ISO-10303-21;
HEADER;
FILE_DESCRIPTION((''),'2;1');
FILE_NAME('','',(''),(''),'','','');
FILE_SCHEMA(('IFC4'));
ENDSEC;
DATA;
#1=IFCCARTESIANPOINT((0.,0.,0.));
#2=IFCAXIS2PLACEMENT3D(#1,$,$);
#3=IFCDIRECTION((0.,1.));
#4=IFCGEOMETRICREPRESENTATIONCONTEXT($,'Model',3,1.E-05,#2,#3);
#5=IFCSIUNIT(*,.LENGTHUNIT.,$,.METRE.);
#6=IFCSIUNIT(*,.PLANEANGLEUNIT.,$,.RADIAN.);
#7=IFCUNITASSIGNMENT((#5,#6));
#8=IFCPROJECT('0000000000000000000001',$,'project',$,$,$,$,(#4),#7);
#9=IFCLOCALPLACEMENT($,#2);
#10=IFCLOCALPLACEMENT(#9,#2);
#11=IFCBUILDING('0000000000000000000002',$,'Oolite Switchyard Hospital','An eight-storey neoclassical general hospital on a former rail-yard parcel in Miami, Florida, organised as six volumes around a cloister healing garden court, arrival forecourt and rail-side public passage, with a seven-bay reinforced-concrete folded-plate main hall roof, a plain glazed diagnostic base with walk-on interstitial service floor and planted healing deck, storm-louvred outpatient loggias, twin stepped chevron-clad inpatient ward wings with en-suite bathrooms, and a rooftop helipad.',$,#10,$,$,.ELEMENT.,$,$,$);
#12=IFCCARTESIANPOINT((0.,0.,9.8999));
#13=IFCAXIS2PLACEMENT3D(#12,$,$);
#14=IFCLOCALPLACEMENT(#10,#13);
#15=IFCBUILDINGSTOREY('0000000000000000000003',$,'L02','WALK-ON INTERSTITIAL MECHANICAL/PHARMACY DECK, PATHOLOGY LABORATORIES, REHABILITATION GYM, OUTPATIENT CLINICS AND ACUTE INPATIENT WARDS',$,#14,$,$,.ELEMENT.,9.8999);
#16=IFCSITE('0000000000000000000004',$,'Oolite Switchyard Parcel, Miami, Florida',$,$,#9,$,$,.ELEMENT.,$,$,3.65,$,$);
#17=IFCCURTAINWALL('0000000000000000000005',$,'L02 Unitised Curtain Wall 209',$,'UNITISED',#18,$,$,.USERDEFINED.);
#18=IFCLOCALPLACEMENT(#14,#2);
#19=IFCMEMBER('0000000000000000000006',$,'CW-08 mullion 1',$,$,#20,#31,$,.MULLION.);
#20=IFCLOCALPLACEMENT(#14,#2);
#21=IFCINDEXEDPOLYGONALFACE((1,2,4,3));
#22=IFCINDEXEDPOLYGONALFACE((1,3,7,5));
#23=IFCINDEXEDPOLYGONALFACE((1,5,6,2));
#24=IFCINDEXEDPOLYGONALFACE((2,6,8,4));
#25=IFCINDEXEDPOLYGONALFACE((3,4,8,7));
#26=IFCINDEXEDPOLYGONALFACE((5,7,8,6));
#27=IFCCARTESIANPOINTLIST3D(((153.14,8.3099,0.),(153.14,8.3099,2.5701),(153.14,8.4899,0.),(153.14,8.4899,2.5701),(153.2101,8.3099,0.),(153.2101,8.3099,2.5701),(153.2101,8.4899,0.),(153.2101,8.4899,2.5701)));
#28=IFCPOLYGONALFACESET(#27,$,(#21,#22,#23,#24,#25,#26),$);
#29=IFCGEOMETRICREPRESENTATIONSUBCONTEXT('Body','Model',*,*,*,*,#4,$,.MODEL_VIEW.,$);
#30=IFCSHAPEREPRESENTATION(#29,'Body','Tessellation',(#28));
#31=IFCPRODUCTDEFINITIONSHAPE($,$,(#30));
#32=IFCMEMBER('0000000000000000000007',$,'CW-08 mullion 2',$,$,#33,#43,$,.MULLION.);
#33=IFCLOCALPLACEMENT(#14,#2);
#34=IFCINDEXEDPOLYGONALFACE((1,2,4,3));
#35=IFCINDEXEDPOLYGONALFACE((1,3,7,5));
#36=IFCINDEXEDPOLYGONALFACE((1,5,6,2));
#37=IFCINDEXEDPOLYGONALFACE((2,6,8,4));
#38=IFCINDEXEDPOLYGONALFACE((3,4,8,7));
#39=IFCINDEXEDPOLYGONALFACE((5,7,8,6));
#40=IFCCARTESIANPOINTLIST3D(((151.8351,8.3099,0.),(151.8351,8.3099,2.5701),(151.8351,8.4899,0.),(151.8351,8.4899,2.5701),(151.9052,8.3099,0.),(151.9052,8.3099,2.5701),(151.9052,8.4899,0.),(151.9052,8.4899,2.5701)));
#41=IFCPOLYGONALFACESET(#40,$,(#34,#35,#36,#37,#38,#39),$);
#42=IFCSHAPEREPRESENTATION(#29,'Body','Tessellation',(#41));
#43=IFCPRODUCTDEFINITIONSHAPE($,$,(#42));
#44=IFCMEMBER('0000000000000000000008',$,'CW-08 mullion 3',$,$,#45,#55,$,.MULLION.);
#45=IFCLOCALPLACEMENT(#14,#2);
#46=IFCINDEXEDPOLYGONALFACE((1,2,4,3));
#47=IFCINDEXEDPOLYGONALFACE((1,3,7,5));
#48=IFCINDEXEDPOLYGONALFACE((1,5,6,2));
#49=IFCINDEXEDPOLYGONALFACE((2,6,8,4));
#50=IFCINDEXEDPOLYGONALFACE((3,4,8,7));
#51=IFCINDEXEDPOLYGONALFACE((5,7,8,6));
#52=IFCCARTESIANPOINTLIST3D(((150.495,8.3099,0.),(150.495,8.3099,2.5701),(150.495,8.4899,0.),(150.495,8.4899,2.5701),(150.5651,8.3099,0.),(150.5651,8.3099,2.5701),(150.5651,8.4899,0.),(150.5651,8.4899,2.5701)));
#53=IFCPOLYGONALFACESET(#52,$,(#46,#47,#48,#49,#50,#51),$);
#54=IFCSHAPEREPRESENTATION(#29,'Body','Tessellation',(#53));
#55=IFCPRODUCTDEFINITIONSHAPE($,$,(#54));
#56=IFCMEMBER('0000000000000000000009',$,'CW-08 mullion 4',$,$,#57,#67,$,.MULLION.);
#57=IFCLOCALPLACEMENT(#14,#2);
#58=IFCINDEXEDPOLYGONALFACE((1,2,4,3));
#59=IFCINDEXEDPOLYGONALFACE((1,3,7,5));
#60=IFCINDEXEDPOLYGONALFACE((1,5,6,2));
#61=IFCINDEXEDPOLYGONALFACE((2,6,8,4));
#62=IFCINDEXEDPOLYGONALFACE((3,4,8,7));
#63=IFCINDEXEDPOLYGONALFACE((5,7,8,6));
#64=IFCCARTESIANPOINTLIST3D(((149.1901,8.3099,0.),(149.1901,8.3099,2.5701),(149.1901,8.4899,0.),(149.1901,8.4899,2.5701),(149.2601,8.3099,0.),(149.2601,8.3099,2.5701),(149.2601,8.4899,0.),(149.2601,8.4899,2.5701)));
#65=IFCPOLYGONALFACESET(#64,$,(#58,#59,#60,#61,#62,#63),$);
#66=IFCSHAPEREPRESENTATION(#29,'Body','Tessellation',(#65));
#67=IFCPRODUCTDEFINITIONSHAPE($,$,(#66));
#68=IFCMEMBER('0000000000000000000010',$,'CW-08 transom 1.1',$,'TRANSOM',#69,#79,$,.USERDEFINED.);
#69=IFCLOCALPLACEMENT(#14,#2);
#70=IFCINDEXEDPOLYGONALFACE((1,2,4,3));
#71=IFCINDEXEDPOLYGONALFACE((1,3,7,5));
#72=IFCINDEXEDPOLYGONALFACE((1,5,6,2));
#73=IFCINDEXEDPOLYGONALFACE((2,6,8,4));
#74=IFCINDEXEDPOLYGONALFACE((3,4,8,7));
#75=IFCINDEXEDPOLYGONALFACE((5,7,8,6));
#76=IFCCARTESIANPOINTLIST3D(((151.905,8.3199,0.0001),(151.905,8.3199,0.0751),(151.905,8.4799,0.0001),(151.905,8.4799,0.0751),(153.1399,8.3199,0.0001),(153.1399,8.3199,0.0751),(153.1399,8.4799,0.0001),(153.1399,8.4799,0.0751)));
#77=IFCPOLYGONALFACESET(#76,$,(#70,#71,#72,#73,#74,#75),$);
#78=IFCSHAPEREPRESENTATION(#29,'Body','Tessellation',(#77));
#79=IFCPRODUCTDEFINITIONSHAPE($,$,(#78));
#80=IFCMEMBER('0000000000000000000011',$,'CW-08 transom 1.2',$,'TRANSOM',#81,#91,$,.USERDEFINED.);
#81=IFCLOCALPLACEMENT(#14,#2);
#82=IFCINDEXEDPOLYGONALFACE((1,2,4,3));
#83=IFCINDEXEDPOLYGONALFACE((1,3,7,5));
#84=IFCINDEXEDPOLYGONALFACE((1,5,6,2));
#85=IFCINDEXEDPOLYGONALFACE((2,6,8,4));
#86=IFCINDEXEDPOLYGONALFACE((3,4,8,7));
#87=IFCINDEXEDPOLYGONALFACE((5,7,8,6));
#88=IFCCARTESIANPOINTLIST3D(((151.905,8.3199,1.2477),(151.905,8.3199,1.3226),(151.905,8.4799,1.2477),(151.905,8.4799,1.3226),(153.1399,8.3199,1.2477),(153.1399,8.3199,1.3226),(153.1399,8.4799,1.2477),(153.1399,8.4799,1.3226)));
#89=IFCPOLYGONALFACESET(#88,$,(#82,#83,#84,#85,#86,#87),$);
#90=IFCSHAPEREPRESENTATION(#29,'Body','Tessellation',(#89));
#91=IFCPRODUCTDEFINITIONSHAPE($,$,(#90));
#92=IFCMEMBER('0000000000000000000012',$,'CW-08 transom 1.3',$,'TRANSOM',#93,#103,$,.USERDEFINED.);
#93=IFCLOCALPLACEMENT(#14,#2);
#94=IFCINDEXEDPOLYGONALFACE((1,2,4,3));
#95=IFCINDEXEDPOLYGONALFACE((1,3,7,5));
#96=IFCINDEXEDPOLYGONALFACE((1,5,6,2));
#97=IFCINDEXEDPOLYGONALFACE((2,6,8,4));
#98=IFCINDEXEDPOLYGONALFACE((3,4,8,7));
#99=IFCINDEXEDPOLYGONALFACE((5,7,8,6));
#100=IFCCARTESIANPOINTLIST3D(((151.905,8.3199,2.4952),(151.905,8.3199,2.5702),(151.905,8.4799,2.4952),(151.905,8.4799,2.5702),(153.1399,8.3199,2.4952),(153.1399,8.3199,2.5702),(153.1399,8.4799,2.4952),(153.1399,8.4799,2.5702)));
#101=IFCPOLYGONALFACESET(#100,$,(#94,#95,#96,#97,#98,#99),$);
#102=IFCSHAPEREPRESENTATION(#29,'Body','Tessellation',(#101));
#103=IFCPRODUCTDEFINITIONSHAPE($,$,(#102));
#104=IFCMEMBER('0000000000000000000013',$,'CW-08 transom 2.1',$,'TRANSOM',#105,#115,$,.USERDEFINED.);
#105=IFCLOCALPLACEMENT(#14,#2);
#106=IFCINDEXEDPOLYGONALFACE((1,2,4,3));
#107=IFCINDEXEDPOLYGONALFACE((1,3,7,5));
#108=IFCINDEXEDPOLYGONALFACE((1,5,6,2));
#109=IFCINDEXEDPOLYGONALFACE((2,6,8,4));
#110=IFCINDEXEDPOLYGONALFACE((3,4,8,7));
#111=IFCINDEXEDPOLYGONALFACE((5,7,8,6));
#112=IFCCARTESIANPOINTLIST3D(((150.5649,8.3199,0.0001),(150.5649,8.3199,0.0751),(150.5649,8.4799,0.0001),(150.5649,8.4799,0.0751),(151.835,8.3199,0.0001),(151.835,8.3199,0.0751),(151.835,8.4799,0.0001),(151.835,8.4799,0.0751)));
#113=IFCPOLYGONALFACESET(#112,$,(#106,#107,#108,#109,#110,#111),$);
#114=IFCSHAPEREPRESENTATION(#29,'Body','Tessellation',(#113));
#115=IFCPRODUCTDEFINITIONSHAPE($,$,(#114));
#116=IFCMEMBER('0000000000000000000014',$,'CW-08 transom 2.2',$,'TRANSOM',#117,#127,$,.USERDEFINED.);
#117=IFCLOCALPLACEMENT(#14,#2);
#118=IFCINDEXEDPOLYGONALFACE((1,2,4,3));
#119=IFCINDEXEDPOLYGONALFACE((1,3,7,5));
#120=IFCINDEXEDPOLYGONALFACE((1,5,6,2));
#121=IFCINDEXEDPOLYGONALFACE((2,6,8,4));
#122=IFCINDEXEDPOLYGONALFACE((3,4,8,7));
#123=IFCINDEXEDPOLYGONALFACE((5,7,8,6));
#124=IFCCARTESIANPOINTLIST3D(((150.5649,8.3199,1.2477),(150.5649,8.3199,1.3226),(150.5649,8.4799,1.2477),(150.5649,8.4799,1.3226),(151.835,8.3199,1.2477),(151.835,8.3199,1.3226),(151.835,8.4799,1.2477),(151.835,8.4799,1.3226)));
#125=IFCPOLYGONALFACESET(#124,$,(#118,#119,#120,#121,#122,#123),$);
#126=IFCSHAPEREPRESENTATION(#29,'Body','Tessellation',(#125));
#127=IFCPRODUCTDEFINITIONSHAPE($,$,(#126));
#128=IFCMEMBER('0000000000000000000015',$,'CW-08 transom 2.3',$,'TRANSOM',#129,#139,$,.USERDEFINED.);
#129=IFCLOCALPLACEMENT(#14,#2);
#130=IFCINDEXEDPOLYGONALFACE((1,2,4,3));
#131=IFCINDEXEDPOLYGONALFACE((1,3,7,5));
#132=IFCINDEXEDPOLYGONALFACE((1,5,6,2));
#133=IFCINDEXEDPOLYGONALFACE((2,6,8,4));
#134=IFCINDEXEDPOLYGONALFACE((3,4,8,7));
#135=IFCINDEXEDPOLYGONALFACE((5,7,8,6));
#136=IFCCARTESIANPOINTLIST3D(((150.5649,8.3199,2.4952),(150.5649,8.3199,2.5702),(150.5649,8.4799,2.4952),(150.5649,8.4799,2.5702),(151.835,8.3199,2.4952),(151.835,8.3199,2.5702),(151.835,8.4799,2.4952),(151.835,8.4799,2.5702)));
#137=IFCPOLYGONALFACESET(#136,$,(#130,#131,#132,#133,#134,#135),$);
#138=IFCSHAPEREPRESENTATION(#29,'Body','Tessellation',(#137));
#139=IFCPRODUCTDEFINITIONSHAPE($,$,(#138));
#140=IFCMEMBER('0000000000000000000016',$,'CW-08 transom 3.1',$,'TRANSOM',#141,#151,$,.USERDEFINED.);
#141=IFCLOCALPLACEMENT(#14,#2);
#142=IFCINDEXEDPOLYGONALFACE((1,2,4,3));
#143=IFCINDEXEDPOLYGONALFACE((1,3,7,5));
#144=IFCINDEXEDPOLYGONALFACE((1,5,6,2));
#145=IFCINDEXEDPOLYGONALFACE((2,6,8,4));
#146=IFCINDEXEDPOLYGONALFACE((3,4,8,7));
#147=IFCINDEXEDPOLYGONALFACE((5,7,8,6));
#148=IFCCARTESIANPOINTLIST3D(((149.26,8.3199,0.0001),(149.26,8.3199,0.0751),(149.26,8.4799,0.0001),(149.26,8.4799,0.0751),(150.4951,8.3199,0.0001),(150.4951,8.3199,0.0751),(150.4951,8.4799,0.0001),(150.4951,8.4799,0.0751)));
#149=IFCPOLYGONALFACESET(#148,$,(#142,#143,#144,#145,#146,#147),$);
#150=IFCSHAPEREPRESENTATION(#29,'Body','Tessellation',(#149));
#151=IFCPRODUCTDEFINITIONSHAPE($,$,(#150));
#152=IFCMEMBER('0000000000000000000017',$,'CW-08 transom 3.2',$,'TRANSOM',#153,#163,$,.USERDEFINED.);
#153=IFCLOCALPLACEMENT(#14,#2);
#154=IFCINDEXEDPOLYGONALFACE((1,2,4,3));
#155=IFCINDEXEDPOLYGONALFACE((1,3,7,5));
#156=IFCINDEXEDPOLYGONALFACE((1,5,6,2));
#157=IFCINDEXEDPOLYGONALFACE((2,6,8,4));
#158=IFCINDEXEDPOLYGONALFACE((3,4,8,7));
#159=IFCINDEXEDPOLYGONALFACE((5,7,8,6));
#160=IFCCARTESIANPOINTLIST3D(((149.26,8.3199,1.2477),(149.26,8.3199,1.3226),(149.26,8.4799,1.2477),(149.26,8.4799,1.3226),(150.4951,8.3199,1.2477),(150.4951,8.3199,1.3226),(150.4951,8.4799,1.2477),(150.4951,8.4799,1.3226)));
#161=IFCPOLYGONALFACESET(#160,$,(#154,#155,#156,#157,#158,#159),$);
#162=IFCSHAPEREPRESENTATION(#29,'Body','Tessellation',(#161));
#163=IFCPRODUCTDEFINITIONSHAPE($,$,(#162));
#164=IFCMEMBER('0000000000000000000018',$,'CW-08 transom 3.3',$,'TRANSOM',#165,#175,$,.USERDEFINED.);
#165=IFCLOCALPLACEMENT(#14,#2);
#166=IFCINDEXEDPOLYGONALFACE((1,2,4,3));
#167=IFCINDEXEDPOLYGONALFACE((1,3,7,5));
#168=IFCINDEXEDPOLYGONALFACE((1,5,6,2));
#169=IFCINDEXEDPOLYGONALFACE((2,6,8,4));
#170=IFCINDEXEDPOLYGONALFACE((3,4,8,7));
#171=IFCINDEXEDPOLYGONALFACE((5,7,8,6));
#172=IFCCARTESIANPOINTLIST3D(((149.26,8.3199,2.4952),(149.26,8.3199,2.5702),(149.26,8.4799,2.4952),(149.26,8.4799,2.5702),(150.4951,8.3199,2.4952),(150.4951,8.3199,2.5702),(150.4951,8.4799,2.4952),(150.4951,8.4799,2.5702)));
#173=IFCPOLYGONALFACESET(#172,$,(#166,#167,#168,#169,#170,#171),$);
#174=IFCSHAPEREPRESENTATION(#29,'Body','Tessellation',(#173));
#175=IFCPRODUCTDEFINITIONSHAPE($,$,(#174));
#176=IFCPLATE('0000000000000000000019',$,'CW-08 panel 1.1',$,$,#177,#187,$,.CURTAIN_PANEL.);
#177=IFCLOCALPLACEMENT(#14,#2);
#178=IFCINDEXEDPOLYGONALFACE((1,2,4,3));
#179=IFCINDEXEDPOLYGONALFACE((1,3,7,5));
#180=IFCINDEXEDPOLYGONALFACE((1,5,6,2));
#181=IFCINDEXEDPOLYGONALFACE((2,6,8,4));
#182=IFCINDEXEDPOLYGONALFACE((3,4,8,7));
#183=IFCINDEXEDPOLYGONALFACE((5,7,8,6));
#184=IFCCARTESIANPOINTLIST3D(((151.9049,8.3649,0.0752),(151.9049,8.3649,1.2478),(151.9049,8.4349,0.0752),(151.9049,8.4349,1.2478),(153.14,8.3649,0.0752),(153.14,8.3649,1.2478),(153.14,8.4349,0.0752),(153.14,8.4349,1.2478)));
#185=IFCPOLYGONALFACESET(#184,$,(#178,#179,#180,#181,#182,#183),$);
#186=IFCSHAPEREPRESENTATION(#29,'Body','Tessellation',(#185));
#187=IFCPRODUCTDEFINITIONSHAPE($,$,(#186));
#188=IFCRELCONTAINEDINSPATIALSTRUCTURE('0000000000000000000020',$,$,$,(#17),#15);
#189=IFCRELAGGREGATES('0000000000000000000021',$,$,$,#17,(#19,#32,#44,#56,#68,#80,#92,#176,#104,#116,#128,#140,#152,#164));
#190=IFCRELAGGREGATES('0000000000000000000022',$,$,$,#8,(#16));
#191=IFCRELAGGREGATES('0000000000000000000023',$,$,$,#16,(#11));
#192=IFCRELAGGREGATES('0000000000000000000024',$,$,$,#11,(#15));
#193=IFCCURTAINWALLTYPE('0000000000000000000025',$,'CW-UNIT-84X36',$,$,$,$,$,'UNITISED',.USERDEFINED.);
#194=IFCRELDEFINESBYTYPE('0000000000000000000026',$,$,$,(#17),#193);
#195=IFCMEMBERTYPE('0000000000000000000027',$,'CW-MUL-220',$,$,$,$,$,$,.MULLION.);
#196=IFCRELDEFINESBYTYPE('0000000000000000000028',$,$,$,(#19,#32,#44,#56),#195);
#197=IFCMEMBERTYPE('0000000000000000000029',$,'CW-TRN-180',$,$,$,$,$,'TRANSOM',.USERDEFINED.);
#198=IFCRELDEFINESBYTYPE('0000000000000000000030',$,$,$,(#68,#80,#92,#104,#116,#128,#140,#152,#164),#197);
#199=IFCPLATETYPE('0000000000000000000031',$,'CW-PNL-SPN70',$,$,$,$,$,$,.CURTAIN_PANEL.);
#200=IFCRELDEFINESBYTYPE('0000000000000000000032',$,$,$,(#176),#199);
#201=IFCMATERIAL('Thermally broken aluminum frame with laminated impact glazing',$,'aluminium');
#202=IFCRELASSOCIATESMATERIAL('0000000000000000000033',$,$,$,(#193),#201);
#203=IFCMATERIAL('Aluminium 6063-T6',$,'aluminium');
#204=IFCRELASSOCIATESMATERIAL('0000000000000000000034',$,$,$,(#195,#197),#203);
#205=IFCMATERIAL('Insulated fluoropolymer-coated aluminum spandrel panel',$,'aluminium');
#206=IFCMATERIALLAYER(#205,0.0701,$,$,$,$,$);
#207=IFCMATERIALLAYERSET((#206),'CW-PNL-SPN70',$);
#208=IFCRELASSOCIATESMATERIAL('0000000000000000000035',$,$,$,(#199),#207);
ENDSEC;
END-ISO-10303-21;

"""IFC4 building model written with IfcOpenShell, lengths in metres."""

from ifc_helpers import new_model, si_unit, direction, frame, origin, origin_2d, place, context, subcontext, project, spatial, rectangle, extrude, material, layer, layer_set, material_profile, profile_set, type_object, element, aggregate, save


model = new_model("IFC4")

# Units and contexts
model_context = context("Model", 3, precision=1e-05, world=origin(), true_north=direction((0.0, 1.0)))
body_context = subcontext(model_context, "Body", "Model", "MODEL_VIEW")
ifc_project = project(units=[si_unit("LENGTHUNIT", "METRE"), si_unit("PLANEANGLEUNIT", "RADIAN")], contexts=[model_context])

# Site, building, storey
site_placement = place(None, origin())
site = spatial("IfcSite", under=ifc_project, at=site_placement, Name="Oolite Switchyard Parcel, Miami, Florida", CompositionType="ELEMENT", RefElevation=3.65)
building_placement = place(site_placement, origin())
building = spatial("IfcBuilding", under=site, at=building_placement, Name="Oolite Switchyard Hospital", Description="An eight-storey neoclassical general hospital on a former rail-yard parcel in Miami, Florida, organised as six volumes around a cloister healing garden court, arrival forecourt and rail-side public passage, with a seven-bay reinforced-concrete folded-plate main hall roof, a plain glazed diagnostic base with walk-on interstitial service floor and planted healing deck, storm-louvred outpatient loggias, twin stepped chevron-clad inpatient ward wings with en-suite bathrooms, and a rooftop helipad.", CompositionType="ELEMENT")
storey_placement = place(building_placement, frame((0.0, 0.0, 9.8999)))
storey = spatial("IfcBuildingStorey", under=building, at=storey_placement, Name="L02", Description="WALK-ON INTERSTITIAL MECHANICAL/PHARMACY DECK, PATHOLOGY LABORATORIES, REHABILITATION GYM, OUTPATIENT CLINICS AND ACUTE INPATIENT WARDS", CompositionType="ELEMENT", Elevation=9.8999)

# Curtain wall, members, plate
ifc_material_1 = material(Name="Thermally broken aluminum frame with laminated impact glazing", Category="aluminium")
curtain_wall_type = type_object("IfcCurtainWallType", Name="CW-UNIT-84X36", ElementType="UNITISED", PredefinedType="USERDEFINED", material=ifc_material_1)
curtain_wall_placement = place(storey_placement, origin())
curtain_wall = element("IfcCurtainWall", 1, at=curtain_wall_placement, inside=storey, type_object=curtain_wall_type, Name="L02 Unitised Curtain Wall 209", ObjectType="UNITISED", PredefinedType="USERDEFINED")
ifc_material_2 = material(Name="Aluminium 6063-T6", Category="aluminium")
ifc_material_profile_1 = material_profile(ifc_material_2, rectangle(XDim=0.1799, YDim=0.0701, at=origin_2d()), Name="CWM70X180")
ifc_profile_set_1 = profile_set([ifc_material_profile_1], Name="Aluminium 6063-T6")
member_type_1 = type_object("IfcMemberType", Name="CW-MUL-220", PredefinedType="MULLION", material=ifc_profile_set_1)
member_1_placement = place(storey_placement, frame((153.175, 8.3999, 0.0), z_axis=(0.0, 0.0, 1.0), x_axis=(0.0, -1.0, 0.0)))
member_1 = element("IfcMember", 2, at=member_1_placement, type_object=member_type_1, Name="CW-08 mullion 1", PredefinedType="MULLION", context=body_context, shape_type="SweptSolid", body=[
    extrude(rectangle(XDim=0.1799, YDim=0.0701, at=origin_2d()), origin(), (0.0, 0.0, 1.0), 2.5701),
])
member_2_placement = place(storey_placement, frame((151.8701, 8.3999, 0.0), z_axis=(0.0, 0.0, 1.0), x_axis=(0.0, -1.0, 0.0)))
member_2 = element("IfcMember", 3, at=member_2_placement, type_object=member_type_1, Name="CW-08 mullion 2", PredefinedType="MULLION", context=body_context, shape_type="SweptSolid", body=[
    extrude(rectangle(XDim=0.1799, YDim=0.0701, at=origin_2d()), origin(), (0.0, 0.0, 1.0), 2.5701),
])
member_3_placement = place(storey_placement, frame((150.53, 8.3999, 0.0), z_axis=(0.0, 0.0, 1.0), x_axis=(0.0, -1.0, 0.0)))
member_3 = element("IfcMember", 4, at=member_3_placement, type_object=member_type_1, Name="CW-08 mullion 3", PredefinedType="MULLION", context=body_context, shape_type="SweptSolid", body=[
    extrude(rectangle(XDim=0.1799, YDim=0.0701, at=origin_2d()), origin(), (0.0, 0.0, 1.0), 2.5701),
])
member_4_placement = place(storey_placement, frame((149.2251, 8.3999, 0.0), z_axis=(0.0, 0.0, 1.0), x_axis=(0.0, -1.0, 0.0)))
member_4 = element("IfcMember", 5, at=member_4_placement, type_object=member_type_1, Name="CW-08 mullion 4", PredefinedType="MULLION", context=body_context, shape_type="SweptSolid", body=[
    extrude(rectangle(XDim=0.1799, YDim=0.0701, at=origin_2d()), origin(), (0.0, 0.0, 1.0), 2.5701),
])
ifc_material_profile_2 = material_profile(ifc_material_2, rectangle(XDim=0.1599, YDim=0.075, at=origin_2d()), Name="CWT75X160")
ifc_profile_set_2 = profile_set([ifc_material_profile_2], Name="Aluminium 6063-T6")
member_type_2 = type_object("IfcMemberType", Name="CW-TRN-180", ElementType="TRANSOM", PredefinedType="USERDEFINED", material=ifc_profile_set_2)
member_5_placement = place(storey_placement, frame((153.1399, 8.3999, 0.0376), z_axis=(-1.0, 0.0, 0.0), x_axis=(0.0, -1.0, 0.0)))
member_5 = element("IfcMember", 6, at=member_5_placement, type_object=member_type_2, Name="CW-08 transom 1.1", ObjectType="TRANSOM", PredefinedType="USERDEFINED", context=body_context, shape_type="SweptSolid", body=[
    extrude(rectangle(XDim=0.1599, YDim=0.075, at=origin_2d()), origin(), (0.0, 0.0, 1.0), 1.2349),
])
member_6_placement = place(storey_placement, frame((153.1399, 8.3999, 1.2852), z_axis=(-1.0, 0.0, 0.0), x_axis=(0.0, -1.0, 0.0)))
member_6 = element("IfcMember", 7, at=member_6_placement, type_object=member_type_2, Name="CW-08 transom 1.2", ObjectType="TRANSOM", PredefinedType="USERDEFINED", context=body_context, shape_type="SweptSolid", body=[
    extrude(rectangle(XDim=0.1599, YDim=0.075, at=origin_2d()), origin(), (0.0, 0.0, 1.0), 1.2349),
])
member_7_placement = place(storey_placement, frame((153.1399, 8.3999, 2.5327), z_axis=(-1.0, 0.0, 0.0), x_axis=(0.0, -1.0, 0.0)))
member_7 = element("IfcMember", 8, at=member_7_placement, type_object=member_type_2, Name="CW-08 transom 1.3", ObjectType="TRANSOM", PredefinedType="USERDEFINED", context=body_context, shape_type="SweptSolid", body=[
    extrude(rectangle(XDim=0.1599, YDim=0.075, at=origin_2d()), origin(), (0.0, 0.0, 1.0), 1.2349),
])
member_8_placement = place(storey_placement, frame((151.835, 8.3999, 0.0376), z_axis=(-1.0, 0.0, 0.0), x_axis=(0.0, -1.0, 0.0)))
member_8 = element("IfcMember", 9, at=member_8_placement, type_object=member_type_2, Name="CW-08 transom 2.1", ObjectType="TRANSOM", PredefinedType="USERDEFINED", context=body_context, shape_type="SweptSolid", body=[
    extrude(rectangle(XDim=0.1599, YDim=0.075, at=origin_2d()), origin(), (0.0, 0.0, 1.0), 1.27),
])
member_9_placement = place(storey_placement, frame((151.835, 8.3999, 1.2852), z_axis=(-1.0, 0.0, 0.0), x_axis=(0.0, -1.0, 0.0)))
member_9 = element("IfcMember", 10, at=member_9_placement, type_object=member_type_2, Name="CW-08 transom 2.2", ObjectType="TRANSOM", PredefinedType="USERDEFINED", context=body_context, shape_type="SweptSolid", body=[
    extrude(rectangle(XDim=0.1599, YDim=0.075, at=origin_2d()), origin(), (0.0, 0.0, 1.0), 1.27),
])
member_10_placement = place(storey_placement, frame((151.835, 8.3999, 2.5327), z_axis=(-1.0, 0.0, 0.0), x_axis=(0.0, -1.0, 0.0)))
member_10 = element("IfcMember", 11, at=member_10_placement, type_object=member_type_2, Name="CW-08 transom 2.3", ObjectType="TRANSOM", PredefinedType="USERDEFINED", context=body_context, shape_type="SweptSolid", body=[
    extrude(rectangle(XDim=0.1599, YDim=0.075, at=origin_2d()), origin(), (0.0, 0.0, 1.0), 1.27),
])
member_11_placement = place(storey_placement, frame((150.4951, 8.3999, 0.0376), z_axis=(-1.0, 0.0, 0.0), x_axis=(0.0, -1.0, 0.0)))
member_11 = element("IfcMember", 12, at=member_11_placement, type_object=member_type_2, Name="CW-08 transom 3.1", ObjectType="TRANSOM", PredefinedType="USERDEFINED", context=body_context, shape_type="SweptSolid", body=[
    extrude(rectangle(XDim=0.1599, YDim=0.075, at=origin_2d()), origin(), (0.0, 0.0, 1.0), 1.2351),
])
member_12_placement = place(storey_placement, frame((150.4951, 8.3999, 1.2852), z_axis=(-1.0, 0.0, 0.0), x_axis=(0.0, -1.0, 0.0)))
member_12 = element("IfcMember", 13, at=member_12_placement, type_object=member_type_2, Name="CW-08 transom 3.2", ObjectType="TRANSOM", PredefinedType="USERDEFINED", context=body_context, shape_type="SweptSolid", body=[
    extrude(rectangle(XDim=0.1599, YDim=0.075, at=origin_2d()), origin(), (0.0, 0.0, 1.0), 1.2351),
])
member_13_placement = place(storey_placement, frame((150.4951, 8.3999, 2.5327), z_axis=(-1.0, 0.0, 0.0), x_axis=(0.0, -1.0, 0.0)))
member_13 = element("IfcMember", 14, at=member_13_placement, type_object=member_type_2, Name="CW-08 transom 3.3", ObjectType="TRANSOM", PredefinedType="USERDEFINED", context=body_context, shape_type="SweptSolid", body=[
    extrude(rectangle(XDim=0.1599, YDim=0.075, at=origin_2d()), origin(), (0.0, 0.0, 1.0), 1.2351),
])
ifc_material_3 = material(Name="Insulated fluoropolymer-coated aluminum spandrel panel", Category="aluminium")
ifc_layer_1 = layer(ifc_material_3, 0.0701)
ifc_layer_set_1 = layer_set([ifc_layer_1], Name="CW-PNL-SPN70")
plate_type = type_object("IfcPlateType", Name="CW-PNL-SPN70", PredefinedType="CURTAIN_PANEL", material=ifc_layer_set_1)
plate_1_placement = place(storey_placement, frame((152.5225, 8.3999, 0.0752), z_axis=(0.0, 0.0, 1.0), x_axis=(-1.0, 0.0, 0.0)))
plate_1 = element("IfcPlate", 15, at=plate_1_placement, type_object=plate_type, Name="CW-08 panel 1.1", PredefinedType="CURTAIN_PANEL", context=body_context, shape_type="SweptSolid", body=[
    extrude(rectangle(XDim=1.2351, YDim=0.0701, at=origin_2d()), origin(), (0.0, 0.0, 1.0), 1.1726),
])
aggregate(curtain_wall, [member_1, member_2, member_3, member_4, member_5, member_6, member_7, plate_1, member_8, member_9, member_10, member_11, member_12, member_13])

save(model, "model.ifc")
